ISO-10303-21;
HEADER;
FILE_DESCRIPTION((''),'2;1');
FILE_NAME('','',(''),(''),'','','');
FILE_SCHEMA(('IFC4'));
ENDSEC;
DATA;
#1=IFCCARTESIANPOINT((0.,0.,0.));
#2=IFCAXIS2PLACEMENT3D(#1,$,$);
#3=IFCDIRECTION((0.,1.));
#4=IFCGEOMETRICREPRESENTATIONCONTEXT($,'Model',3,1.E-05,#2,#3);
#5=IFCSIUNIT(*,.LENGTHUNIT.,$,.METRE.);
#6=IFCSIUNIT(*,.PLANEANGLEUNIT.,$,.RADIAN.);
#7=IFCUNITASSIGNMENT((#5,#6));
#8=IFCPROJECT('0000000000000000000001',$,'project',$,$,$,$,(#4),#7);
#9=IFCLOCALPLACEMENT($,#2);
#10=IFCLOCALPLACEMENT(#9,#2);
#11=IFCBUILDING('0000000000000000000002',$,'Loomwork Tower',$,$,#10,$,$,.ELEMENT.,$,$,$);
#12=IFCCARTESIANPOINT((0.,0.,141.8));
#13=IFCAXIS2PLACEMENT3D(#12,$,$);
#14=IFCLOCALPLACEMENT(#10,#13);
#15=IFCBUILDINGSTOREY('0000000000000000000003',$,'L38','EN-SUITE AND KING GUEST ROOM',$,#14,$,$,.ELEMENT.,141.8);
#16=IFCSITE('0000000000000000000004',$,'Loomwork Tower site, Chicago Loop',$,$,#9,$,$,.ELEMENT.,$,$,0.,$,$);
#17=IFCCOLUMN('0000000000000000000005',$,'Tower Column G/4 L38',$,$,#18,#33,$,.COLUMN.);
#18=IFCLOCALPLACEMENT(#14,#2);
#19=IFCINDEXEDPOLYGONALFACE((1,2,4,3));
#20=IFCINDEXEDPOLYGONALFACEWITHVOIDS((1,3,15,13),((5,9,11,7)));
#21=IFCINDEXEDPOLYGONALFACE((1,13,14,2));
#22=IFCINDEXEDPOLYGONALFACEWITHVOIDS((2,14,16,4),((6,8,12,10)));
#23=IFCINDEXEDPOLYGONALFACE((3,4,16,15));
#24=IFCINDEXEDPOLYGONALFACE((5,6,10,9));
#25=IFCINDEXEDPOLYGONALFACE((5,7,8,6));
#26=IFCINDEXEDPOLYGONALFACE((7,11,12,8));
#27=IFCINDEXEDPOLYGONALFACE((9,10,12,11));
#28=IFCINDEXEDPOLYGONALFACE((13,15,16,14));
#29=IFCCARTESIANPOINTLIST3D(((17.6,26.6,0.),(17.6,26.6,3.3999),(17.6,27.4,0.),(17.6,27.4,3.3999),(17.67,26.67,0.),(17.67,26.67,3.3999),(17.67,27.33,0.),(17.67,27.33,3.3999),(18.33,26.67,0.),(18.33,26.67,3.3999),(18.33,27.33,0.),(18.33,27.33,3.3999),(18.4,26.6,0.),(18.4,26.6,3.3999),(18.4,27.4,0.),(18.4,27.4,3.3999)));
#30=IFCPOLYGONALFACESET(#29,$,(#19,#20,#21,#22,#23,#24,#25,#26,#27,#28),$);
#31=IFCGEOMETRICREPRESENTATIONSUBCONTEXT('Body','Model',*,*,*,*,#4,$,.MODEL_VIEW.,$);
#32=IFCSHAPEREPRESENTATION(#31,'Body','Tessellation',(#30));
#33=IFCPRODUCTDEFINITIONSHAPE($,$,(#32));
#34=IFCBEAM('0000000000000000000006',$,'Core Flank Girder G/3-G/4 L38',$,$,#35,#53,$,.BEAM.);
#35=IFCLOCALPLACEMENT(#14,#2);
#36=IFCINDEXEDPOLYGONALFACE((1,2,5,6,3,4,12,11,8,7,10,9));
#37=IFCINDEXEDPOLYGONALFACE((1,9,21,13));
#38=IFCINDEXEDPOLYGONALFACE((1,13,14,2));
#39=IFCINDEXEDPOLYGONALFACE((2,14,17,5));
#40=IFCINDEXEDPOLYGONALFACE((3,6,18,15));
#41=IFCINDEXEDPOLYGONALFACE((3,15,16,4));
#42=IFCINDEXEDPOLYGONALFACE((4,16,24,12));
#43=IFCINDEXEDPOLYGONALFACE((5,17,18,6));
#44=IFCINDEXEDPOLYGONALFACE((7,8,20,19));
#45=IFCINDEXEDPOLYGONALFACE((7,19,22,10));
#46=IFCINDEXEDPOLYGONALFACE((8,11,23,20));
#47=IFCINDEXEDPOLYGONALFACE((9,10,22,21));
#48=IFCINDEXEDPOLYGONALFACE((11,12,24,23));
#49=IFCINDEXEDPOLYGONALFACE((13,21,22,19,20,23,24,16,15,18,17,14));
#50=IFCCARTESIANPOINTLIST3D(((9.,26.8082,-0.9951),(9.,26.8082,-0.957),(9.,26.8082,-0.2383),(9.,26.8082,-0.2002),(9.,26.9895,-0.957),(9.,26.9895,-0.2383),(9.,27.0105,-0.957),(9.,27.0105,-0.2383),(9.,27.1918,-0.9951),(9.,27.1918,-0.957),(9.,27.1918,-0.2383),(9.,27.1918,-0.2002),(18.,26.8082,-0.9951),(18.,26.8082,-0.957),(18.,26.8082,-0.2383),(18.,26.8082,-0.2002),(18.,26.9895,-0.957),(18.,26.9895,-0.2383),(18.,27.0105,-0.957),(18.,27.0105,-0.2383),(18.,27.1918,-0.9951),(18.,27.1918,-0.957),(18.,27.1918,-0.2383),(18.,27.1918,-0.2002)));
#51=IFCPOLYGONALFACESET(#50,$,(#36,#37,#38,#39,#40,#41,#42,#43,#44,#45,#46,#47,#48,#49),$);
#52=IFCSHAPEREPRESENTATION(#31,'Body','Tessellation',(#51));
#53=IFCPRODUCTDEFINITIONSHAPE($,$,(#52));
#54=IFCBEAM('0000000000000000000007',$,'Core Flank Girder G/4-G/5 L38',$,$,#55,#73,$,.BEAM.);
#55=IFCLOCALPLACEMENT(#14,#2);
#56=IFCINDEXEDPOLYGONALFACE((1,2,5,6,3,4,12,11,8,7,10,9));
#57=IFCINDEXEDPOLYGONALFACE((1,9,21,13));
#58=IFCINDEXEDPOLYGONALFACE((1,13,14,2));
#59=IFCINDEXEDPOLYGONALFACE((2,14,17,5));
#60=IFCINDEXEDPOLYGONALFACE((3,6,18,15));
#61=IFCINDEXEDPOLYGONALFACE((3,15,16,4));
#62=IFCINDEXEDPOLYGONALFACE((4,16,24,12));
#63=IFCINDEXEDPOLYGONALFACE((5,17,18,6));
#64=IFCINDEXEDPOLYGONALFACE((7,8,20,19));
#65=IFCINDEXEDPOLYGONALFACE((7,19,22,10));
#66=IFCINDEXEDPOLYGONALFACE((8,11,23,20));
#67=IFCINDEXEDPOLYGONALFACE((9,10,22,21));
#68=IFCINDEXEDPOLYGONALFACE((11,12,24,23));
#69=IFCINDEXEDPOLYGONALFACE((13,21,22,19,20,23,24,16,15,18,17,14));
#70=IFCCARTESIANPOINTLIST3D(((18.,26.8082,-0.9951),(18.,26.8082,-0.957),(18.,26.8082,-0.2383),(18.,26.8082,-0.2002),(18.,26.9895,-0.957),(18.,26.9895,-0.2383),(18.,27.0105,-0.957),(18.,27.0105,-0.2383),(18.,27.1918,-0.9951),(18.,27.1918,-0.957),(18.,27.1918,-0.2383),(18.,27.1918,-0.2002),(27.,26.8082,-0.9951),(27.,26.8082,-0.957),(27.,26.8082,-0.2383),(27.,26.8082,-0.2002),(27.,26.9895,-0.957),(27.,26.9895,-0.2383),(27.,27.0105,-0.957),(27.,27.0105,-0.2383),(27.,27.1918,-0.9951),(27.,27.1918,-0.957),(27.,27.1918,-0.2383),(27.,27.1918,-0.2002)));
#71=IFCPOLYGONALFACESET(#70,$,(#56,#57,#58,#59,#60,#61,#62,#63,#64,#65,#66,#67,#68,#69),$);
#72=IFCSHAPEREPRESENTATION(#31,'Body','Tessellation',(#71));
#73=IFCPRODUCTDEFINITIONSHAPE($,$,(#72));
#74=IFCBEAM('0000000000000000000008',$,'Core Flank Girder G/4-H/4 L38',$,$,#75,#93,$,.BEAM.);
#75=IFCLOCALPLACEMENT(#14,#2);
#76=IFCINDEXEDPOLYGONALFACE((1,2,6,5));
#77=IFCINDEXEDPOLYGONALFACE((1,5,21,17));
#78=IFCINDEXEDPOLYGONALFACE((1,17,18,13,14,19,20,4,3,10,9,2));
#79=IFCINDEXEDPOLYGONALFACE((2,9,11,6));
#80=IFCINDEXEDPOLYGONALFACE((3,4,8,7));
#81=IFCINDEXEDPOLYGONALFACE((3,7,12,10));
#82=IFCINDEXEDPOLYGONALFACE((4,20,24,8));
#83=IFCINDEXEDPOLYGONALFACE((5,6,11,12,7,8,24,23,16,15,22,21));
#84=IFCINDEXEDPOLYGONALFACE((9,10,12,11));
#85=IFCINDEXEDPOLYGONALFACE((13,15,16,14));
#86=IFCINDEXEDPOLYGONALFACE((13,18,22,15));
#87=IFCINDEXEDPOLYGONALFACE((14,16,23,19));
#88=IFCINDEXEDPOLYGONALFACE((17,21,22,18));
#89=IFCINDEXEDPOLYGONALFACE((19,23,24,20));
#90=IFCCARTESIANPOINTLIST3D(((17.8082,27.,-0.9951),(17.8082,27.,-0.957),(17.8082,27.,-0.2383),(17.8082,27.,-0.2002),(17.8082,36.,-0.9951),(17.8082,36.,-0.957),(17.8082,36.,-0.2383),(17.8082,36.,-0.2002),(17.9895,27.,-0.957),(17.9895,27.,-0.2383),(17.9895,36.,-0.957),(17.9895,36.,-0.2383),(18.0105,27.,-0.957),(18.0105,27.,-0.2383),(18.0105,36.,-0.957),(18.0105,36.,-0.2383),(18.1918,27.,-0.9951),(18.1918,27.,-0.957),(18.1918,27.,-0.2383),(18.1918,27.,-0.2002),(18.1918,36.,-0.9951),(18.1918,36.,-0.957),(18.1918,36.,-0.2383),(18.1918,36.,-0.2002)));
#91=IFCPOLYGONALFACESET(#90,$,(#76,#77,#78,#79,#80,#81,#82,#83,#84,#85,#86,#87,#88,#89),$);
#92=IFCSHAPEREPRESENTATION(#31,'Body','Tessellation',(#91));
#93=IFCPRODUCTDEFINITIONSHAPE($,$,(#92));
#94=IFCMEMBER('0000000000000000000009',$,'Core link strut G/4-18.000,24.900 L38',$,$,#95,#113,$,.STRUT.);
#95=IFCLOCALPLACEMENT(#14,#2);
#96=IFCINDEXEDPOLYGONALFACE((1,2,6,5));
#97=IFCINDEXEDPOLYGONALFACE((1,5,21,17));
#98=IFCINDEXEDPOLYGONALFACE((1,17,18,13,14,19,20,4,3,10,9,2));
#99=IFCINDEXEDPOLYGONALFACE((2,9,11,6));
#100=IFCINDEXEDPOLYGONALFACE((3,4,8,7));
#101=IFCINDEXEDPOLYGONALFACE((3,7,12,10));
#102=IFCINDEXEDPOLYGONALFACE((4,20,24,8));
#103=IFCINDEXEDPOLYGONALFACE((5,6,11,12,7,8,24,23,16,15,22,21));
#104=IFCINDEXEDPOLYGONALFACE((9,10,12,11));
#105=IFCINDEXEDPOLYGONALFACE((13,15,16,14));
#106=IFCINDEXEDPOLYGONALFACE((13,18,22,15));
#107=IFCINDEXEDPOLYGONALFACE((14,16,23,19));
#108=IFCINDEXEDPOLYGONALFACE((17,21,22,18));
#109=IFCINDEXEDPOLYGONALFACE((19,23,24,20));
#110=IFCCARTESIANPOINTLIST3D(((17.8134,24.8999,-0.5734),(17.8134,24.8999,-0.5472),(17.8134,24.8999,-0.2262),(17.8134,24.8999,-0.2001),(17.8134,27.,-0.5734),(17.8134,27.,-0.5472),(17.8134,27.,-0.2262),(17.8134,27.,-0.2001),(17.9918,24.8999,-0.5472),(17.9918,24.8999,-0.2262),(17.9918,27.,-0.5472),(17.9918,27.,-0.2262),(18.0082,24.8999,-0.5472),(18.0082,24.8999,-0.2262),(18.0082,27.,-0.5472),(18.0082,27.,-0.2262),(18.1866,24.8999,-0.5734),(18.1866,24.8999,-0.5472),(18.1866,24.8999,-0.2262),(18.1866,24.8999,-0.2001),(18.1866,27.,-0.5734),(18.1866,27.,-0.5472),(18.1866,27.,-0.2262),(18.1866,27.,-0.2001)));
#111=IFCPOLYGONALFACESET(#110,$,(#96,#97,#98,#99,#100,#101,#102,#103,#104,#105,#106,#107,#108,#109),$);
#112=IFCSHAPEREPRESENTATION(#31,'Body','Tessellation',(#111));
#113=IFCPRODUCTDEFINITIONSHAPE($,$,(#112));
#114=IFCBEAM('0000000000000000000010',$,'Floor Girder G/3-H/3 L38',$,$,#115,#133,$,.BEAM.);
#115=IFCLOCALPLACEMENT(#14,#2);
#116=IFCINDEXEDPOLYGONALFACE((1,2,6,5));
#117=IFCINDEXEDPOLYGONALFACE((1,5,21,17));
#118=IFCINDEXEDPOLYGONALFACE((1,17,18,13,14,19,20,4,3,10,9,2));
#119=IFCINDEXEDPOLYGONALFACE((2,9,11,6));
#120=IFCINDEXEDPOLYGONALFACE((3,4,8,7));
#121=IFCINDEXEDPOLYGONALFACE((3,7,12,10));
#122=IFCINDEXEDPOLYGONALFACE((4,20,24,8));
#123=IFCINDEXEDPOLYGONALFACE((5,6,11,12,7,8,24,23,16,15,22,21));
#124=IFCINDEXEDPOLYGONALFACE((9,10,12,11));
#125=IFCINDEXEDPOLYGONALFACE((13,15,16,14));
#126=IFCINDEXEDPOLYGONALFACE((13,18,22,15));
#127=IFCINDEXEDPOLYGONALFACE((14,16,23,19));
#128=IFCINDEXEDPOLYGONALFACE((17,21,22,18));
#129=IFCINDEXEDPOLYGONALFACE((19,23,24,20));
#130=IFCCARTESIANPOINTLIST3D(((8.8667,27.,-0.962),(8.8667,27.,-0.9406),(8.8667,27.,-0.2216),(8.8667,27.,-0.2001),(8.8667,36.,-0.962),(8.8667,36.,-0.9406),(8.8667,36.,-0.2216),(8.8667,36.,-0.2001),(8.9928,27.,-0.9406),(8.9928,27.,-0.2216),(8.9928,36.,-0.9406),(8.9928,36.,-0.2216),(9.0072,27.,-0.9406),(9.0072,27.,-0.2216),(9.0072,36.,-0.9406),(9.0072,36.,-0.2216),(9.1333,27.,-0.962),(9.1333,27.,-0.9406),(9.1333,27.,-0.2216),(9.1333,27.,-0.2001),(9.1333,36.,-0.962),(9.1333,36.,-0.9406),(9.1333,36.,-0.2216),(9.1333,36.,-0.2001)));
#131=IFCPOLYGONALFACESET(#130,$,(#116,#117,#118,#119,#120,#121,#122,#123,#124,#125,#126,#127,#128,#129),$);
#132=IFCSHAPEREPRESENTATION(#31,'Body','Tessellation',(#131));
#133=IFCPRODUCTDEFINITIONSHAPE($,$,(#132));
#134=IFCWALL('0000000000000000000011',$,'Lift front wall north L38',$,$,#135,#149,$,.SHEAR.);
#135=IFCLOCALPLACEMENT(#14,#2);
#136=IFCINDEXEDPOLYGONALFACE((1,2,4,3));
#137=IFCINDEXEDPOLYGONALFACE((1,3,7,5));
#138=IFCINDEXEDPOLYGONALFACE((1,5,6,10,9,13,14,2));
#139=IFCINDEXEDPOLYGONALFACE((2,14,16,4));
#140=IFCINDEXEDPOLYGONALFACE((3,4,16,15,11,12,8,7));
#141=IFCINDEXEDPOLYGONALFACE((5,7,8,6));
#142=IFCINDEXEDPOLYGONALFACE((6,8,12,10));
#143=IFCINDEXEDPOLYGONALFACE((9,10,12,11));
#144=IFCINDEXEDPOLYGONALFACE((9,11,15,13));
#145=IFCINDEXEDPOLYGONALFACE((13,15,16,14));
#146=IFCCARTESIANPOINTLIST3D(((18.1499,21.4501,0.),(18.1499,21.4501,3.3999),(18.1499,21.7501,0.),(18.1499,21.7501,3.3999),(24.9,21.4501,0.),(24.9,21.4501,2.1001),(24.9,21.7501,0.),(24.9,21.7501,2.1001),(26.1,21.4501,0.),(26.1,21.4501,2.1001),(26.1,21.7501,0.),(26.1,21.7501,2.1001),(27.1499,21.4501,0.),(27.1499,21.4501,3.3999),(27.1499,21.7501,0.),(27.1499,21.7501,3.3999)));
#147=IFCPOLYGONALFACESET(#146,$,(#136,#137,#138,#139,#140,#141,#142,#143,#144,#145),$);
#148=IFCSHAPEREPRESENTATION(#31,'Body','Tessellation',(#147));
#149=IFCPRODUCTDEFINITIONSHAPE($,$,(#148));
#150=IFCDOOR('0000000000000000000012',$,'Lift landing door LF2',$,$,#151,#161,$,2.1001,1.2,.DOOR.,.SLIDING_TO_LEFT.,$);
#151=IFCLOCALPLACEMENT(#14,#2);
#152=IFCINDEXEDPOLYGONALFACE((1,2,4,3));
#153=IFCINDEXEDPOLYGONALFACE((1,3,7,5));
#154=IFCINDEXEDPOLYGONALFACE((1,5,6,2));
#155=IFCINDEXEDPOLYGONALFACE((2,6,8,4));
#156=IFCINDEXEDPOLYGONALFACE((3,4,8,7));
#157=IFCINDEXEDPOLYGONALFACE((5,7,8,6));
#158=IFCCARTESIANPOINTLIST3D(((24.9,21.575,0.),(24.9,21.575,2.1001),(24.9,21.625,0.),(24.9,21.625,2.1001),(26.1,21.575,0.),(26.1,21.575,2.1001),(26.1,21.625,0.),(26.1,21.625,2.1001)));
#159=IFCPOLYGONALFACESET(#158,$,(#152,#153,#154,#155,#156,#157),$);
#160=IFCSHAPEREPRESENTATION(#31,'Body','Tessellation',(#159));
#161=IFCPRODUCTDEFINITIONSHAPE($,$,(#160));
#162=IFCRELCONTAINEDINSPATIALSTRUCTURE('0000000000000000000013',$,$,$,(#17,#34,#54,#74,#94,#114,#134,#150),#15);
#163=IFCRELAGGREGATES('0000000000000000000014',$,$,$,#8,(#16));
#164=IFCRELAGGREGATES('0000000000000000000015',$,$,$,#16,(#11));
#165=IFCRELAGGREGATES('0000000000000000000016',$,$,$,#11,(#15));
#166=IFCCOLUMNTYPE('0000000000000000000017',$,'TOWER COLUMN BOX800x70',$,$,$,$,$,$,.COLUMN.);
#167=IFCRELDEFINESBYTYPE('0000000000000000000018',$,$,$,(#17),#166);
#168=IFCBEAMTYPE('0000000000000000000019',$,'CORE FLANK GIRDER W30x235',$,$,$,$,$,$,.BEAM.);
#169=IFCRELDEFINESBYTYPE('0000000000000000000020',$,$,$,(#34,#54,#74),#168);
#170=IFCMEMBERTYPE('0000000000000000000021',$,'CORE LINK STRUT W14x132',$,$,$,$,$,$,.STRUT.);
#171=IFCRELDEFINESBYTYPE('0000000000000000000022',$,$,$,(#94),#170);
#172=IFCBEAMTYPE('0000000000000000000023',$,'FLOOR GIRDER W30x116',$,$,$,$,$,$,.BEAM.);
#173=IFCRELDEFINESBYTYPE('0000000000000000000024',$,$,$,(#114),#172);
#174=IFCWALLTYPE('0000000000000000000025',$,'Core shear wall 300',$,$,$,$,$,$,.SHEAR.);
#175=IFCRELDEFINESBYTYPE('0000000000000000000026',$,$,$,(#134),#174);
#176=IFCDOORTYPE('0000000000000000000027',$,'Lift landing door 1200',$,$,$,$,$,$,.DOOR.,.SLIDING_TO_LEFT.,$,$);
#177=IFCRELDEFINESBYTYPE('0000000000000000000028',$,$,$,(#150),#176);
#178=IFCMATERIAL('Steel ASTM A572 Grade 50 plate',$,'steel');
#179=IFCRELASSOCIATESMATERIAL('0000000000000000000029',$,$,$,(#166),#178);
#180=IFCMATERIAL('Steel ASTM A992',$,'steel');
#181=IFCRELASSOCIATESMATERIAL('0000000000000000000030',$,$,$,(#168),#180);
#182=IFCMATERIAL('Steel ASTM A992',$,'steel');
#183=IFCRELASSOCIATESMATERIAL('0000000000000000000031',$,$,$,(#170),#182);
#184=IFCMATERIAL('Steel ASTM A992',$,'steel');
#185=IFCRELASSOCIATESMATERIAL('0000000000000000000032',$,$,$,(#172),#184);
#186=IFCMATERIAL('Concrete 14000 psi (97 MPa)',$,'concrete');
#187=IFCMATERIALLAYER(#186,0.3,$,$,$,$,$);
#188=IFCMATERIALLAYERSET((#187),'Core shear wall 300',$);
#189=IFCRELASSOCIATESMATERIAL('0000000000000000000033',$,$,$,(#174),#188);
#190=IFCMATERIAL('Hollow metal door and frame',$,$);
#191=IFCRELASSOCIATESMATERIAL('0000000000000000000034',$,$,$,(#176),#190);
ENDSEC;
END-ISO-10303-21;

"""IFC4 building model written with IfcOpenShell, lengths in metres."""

from ifc_helpers import new_model, si_unit, direction, frame, frame_2d, origin, origin_2d, place, context, subcontext, project, spatial, rectangle, hollow_rectangle, i_section, extrude, material, layer, layer_set, material_profile, profile_set, type_object, element, fill, save


model = new_model("IFC4")

# Units and contexts
model_context = context("Model", 3, precision=1e-05, world=origin(), true_north=direction((0.0, 1.0)))
body_context = subcontext(model_context, "Body", "Model", "MODEL_VIEW")
ifc_project = project(units=[si_unit("LENGTHUNIT", "METRE"), si_unit("PLANEANGLEUNIT", "RADIAN")], contexts=[model_context])

# Site, building, storey
site_placement = place(None, origin())
site = spatial("IfcSite", under=ifc_project, at=site_placement, Name="Loomwork Tower site, Chicago Loop", CompositionType="ELEMENT", RefElevation=0.0)
building_placement = place(site_placement, origin())
building = spatial("IfcBuilding", under=site, at=building_placement, Name="Loomwork Tower", CompositionType="ELEMENT")
storey_placement = place(building_placement, frame((0.0, 0.0, 141.8)))
storey = spatial("IfcBuildingStorey", under=building, at=storey_placement, Name="L38", Description="EN-SUITE AND KING GUEST ROOM", CompositionType="ELEMENT", Elevation=141.8)

# Column
ifc_material_1 = material(Name="Steel ASTM A572 Grade 50 plate", Category="steel")
ifc_material_profile_1 = material_profile(ifc_material_1, hollow_rectangle(XDim=0.8, YDim=0.8, WallThickness=0.0701, at=origin_2d()), Name="BOX800x70")
ifc_profile_set_1 = profile_set([ifc_material_profile_1], Name="Steel ASTM A572 Grade 50 plate")
column_type = type_object("IfcColumnType", Name="TOWER COLUMN BOX800x70", PredefinedType="COLUMN", material=ifc_profile_set_1)
column_placement = place(storey_placement, frame((18.0, 27.0, 0.0), z_axis=(0.0, 0.0, 1.0), x_axis=(1.0, 0.0, 0.0)))
element("IfcColumn", 1, at=column_placement, inside=storey, type_object=column_type, Name="Tower Column G/4 L38", PredefinedType="COLUMN", context=body_context, shape_type="SweptSolid", body=[
    extrude(hollow_rectangle(XDim=0.8, YDim=0.8, WallThickness=0.0701, at=origin_2d()), origin(), (0.0, 0.0, 1.0), 3.3999),
])

# Beams
ifc_material_2 = material(Name="Steel ASTM A992", Category="steel")
ifc_material_profile_2 = material_profile(ifc_material_2, i_section(OverallWidth=0.3835, OverallDepth=0.7949, WebThickness=0.021, FlangeThickness=0.0381, at=origin_2d()), Name="W30x235")
ifc_profile_set_2 = profile_set([ifc_material_profile_2], Name="Steel ASTM A992")
beam_type_1 = type_object("IfcBeamType", Name="CORE FLANK GIRDER W30x235", PredefinedType="BEAM", material=ifc_profile_set_2)
for number, where, z_axis, x_axis, name in (
    (2, (9.0, 27.0, -0.5977), (1.0, 0.0, 0.0), (0.0, 1.0, 0.0), "Core Flank Girder G/3-G/4 L38"),
    (3, (18.0, 27.0, -0.5977), (1.0, 0.0, 0.0), (0.0, 1.0, 0.0), "Core Flank Girder G/4-G/5 L38"),
    (4, (18.0, 27.0, -0.5977), (0.0, 1.0, 0.0), (-1.0, 0.0, 0.0), "Core Flank Girder G/4-H/4 L38"),
):
    element("IfcBeam", number, at=place(storey_placement, frame(where, z_axis=z_axis, x_axis=x_axis)), inside=storey, type_object=beam_type_1, Name=name, PredefinedType="BEAM", context=body_context, shape_type="SweptSolid", body=[
        extrude(i_section(OverallWidth=0.3835, OverallDepth=0.7949, WebThickness=0.021, FlangeThickness=0.0381, at=origin_2d()), origin(), (0.0, 0.0, 1.0), 9.0),
    ])

# Member
ifc_material_3 = material(Name="Steel ASTM A992", Category="steel")
ifc_material_profile_3 = material_profile(ifc_material_3, i_section(OverallWidth=0.3733, OverallDepth=0.3733, WebThickness=0.0164, FlangeThickness=0.0261, at=origin_2d()), Name="W14x132")
ifc_profile_set_3 = profile_set([ifc_material_profile_3], Name="Steel ASTM A992")
member_type = type_object("IfcMemberType", Name="CORE LINK STRUT W14x132", PredefinedType="STRUT", material=ifc_profile_set_3)
member_placement = place(storey_placement, frame((18.0, 27.0, -0.3867), z_axis=(0.0, -1.0, 0.0), x_axis=(1.0, 0.0, 0.0)))
element("IfcMember", 5, at=member_placement, inside=storey, type_object=member_type, Name="Core link strut G/4-18.000,24.900 L38", PredefinedType="STRUT", context=body_context, shape_type="SweptSolid", body=[
    extrude(i_section(OverallWidth=0.3733, OverallDepth=0.3733, WebThickness=0.0164, FlangeThickness=0.0261, at=origin_2d()), origin(), (0.0, 0.0, 1.0), 2.1001),
])

# Beam
ifc_material_4 = material(Name="Steel ASTM A992", Category="steel")
ifc_material_profile_4 = material_profile(ifc_material_4, i_section(OverallWidth=0.2666, OverallDepth=0.762, WebThickness=0.0144, FlangeThickness=0.0215, at=origin_2d()), Name="W30x116")
ifc_profile_set_4 = profile_set([ifc_material_profile_4], Name="Steel ASTM A992")
beam_type_2 = type_object("IfcBeamType", Name="FLOOR GIRDER W30x116", PredefinedType="BEAM", material=ifc_profile_set_4)
beam_placement = place(storey_placement, frame((9.0, 27.0, -0.5811), z_axis=(0.0, 1.0, 0.0), x_axis=(-1.0, 0.0, 0.0)))
element("IfcBeam", 6, at=beam_placement, inside=storey, type_object=beam_type_2, Name="Floor Girder G/3-H/3 L38", PredefinedType="BEAM", context=body_context, shape_type="SweptSolid", body=[
    extrude(i_section(OverallWidth=0.2666, OverallDepth=0.762, WebThickness=0.0144, FlangeThickness=0.0215, at=origin_2d()), origin(), (0.0, 0.0, 1.0), 9.0),
])

# Wall, opening, door
ifc_material_5 = material(Name="Concrete 14000 psi (97 MPa)", Category="concrete")
ifc_layer_1 = layer(ifc_material_5, 0.3)
ifc_layer_set_1 = layer_set([ifc_layer_1], Name="Core shear wall 300")
wall_type_1 = type_object("IfcWallType", Name="Core shear wall 300", PredefinedType="SHEAR", material=ifc_layer_set_1)
wall_1_placement = place(storey_placement, frame((18.1499, 21.6001, 0.0), z_axis=(0.0, 0.0, 1.0), x_axis=(1.0, 0.0, 0.0)))
wall_1 = element("IfcWall", 7, at=wall_1_placement, inside=storey, type_object=wall_type_1, Name="Lift front wall north L38", PredefinedType="SHEAR", context=body_context, shape_type="SweptSolid", body=[
    extrude(rectangle(XDim=9.0, YDim=0.3, at=frame_2d((4.5, 0.0))), origin(), (0.0, 0.0, 1.0), 3.3999),
])
opening_1_placement = place(wall_1_placement, frame((6.75, 0.0, 0.0)))
opening_1 = element("IfcOpeningElement", 8, at=opening_1_placement, cuts=wall_1, PredefinedType="OPENING", context=body_context, shape_type="SweptSolid", body=[
    extrude(rectangle(XDim=1.2, YDim=2.1001, at=frame_2d((0.6001, 1.05))), frame((0.0, 0.1599, 0.0), z_axis=(0.0, -1.0, 0.0), x_axis=(1.0, 0.0, 0.0)), (0.0, 0.0, 1.0), 0.3201),
])
ifc_material_6 = material(Name="Hollow metal door and frame")
door_type_1 = type_object("IfcDoorType", Name="Lift landing door 1200", OperationType="SLIDING_TO_LEFT", PredefinedType="DOOR", material=ifc_material_6)
door_1_placement = place(opening_1_placement, origin())
door_1 = element("IfcDoor", 9, at=door_1_placement, inside=storey, type_object=door_type_1, Name="Lift landing door LF2", OperationType="SLIDING_TO_LEFT", OverallHeight=2.1001, OverallWidth=1.2, PredefinedType="DOOR", context=body_context, shape_type="SweptSolid", body=[
    extrude(rectangle(XDim=1.2, YDim=2.1001, at=frame_2d((0.6001, 1.05))), frame((0.0, 0.0249, 0.0), z_axis=(0.0, -1.0, 0.0), x_axis=(1.0, 0.0, 0.0)), (0.0, 0.0, 1.0), 0.05),
])
fill(opening_1, door_1)

save(model, "model.ifc")
